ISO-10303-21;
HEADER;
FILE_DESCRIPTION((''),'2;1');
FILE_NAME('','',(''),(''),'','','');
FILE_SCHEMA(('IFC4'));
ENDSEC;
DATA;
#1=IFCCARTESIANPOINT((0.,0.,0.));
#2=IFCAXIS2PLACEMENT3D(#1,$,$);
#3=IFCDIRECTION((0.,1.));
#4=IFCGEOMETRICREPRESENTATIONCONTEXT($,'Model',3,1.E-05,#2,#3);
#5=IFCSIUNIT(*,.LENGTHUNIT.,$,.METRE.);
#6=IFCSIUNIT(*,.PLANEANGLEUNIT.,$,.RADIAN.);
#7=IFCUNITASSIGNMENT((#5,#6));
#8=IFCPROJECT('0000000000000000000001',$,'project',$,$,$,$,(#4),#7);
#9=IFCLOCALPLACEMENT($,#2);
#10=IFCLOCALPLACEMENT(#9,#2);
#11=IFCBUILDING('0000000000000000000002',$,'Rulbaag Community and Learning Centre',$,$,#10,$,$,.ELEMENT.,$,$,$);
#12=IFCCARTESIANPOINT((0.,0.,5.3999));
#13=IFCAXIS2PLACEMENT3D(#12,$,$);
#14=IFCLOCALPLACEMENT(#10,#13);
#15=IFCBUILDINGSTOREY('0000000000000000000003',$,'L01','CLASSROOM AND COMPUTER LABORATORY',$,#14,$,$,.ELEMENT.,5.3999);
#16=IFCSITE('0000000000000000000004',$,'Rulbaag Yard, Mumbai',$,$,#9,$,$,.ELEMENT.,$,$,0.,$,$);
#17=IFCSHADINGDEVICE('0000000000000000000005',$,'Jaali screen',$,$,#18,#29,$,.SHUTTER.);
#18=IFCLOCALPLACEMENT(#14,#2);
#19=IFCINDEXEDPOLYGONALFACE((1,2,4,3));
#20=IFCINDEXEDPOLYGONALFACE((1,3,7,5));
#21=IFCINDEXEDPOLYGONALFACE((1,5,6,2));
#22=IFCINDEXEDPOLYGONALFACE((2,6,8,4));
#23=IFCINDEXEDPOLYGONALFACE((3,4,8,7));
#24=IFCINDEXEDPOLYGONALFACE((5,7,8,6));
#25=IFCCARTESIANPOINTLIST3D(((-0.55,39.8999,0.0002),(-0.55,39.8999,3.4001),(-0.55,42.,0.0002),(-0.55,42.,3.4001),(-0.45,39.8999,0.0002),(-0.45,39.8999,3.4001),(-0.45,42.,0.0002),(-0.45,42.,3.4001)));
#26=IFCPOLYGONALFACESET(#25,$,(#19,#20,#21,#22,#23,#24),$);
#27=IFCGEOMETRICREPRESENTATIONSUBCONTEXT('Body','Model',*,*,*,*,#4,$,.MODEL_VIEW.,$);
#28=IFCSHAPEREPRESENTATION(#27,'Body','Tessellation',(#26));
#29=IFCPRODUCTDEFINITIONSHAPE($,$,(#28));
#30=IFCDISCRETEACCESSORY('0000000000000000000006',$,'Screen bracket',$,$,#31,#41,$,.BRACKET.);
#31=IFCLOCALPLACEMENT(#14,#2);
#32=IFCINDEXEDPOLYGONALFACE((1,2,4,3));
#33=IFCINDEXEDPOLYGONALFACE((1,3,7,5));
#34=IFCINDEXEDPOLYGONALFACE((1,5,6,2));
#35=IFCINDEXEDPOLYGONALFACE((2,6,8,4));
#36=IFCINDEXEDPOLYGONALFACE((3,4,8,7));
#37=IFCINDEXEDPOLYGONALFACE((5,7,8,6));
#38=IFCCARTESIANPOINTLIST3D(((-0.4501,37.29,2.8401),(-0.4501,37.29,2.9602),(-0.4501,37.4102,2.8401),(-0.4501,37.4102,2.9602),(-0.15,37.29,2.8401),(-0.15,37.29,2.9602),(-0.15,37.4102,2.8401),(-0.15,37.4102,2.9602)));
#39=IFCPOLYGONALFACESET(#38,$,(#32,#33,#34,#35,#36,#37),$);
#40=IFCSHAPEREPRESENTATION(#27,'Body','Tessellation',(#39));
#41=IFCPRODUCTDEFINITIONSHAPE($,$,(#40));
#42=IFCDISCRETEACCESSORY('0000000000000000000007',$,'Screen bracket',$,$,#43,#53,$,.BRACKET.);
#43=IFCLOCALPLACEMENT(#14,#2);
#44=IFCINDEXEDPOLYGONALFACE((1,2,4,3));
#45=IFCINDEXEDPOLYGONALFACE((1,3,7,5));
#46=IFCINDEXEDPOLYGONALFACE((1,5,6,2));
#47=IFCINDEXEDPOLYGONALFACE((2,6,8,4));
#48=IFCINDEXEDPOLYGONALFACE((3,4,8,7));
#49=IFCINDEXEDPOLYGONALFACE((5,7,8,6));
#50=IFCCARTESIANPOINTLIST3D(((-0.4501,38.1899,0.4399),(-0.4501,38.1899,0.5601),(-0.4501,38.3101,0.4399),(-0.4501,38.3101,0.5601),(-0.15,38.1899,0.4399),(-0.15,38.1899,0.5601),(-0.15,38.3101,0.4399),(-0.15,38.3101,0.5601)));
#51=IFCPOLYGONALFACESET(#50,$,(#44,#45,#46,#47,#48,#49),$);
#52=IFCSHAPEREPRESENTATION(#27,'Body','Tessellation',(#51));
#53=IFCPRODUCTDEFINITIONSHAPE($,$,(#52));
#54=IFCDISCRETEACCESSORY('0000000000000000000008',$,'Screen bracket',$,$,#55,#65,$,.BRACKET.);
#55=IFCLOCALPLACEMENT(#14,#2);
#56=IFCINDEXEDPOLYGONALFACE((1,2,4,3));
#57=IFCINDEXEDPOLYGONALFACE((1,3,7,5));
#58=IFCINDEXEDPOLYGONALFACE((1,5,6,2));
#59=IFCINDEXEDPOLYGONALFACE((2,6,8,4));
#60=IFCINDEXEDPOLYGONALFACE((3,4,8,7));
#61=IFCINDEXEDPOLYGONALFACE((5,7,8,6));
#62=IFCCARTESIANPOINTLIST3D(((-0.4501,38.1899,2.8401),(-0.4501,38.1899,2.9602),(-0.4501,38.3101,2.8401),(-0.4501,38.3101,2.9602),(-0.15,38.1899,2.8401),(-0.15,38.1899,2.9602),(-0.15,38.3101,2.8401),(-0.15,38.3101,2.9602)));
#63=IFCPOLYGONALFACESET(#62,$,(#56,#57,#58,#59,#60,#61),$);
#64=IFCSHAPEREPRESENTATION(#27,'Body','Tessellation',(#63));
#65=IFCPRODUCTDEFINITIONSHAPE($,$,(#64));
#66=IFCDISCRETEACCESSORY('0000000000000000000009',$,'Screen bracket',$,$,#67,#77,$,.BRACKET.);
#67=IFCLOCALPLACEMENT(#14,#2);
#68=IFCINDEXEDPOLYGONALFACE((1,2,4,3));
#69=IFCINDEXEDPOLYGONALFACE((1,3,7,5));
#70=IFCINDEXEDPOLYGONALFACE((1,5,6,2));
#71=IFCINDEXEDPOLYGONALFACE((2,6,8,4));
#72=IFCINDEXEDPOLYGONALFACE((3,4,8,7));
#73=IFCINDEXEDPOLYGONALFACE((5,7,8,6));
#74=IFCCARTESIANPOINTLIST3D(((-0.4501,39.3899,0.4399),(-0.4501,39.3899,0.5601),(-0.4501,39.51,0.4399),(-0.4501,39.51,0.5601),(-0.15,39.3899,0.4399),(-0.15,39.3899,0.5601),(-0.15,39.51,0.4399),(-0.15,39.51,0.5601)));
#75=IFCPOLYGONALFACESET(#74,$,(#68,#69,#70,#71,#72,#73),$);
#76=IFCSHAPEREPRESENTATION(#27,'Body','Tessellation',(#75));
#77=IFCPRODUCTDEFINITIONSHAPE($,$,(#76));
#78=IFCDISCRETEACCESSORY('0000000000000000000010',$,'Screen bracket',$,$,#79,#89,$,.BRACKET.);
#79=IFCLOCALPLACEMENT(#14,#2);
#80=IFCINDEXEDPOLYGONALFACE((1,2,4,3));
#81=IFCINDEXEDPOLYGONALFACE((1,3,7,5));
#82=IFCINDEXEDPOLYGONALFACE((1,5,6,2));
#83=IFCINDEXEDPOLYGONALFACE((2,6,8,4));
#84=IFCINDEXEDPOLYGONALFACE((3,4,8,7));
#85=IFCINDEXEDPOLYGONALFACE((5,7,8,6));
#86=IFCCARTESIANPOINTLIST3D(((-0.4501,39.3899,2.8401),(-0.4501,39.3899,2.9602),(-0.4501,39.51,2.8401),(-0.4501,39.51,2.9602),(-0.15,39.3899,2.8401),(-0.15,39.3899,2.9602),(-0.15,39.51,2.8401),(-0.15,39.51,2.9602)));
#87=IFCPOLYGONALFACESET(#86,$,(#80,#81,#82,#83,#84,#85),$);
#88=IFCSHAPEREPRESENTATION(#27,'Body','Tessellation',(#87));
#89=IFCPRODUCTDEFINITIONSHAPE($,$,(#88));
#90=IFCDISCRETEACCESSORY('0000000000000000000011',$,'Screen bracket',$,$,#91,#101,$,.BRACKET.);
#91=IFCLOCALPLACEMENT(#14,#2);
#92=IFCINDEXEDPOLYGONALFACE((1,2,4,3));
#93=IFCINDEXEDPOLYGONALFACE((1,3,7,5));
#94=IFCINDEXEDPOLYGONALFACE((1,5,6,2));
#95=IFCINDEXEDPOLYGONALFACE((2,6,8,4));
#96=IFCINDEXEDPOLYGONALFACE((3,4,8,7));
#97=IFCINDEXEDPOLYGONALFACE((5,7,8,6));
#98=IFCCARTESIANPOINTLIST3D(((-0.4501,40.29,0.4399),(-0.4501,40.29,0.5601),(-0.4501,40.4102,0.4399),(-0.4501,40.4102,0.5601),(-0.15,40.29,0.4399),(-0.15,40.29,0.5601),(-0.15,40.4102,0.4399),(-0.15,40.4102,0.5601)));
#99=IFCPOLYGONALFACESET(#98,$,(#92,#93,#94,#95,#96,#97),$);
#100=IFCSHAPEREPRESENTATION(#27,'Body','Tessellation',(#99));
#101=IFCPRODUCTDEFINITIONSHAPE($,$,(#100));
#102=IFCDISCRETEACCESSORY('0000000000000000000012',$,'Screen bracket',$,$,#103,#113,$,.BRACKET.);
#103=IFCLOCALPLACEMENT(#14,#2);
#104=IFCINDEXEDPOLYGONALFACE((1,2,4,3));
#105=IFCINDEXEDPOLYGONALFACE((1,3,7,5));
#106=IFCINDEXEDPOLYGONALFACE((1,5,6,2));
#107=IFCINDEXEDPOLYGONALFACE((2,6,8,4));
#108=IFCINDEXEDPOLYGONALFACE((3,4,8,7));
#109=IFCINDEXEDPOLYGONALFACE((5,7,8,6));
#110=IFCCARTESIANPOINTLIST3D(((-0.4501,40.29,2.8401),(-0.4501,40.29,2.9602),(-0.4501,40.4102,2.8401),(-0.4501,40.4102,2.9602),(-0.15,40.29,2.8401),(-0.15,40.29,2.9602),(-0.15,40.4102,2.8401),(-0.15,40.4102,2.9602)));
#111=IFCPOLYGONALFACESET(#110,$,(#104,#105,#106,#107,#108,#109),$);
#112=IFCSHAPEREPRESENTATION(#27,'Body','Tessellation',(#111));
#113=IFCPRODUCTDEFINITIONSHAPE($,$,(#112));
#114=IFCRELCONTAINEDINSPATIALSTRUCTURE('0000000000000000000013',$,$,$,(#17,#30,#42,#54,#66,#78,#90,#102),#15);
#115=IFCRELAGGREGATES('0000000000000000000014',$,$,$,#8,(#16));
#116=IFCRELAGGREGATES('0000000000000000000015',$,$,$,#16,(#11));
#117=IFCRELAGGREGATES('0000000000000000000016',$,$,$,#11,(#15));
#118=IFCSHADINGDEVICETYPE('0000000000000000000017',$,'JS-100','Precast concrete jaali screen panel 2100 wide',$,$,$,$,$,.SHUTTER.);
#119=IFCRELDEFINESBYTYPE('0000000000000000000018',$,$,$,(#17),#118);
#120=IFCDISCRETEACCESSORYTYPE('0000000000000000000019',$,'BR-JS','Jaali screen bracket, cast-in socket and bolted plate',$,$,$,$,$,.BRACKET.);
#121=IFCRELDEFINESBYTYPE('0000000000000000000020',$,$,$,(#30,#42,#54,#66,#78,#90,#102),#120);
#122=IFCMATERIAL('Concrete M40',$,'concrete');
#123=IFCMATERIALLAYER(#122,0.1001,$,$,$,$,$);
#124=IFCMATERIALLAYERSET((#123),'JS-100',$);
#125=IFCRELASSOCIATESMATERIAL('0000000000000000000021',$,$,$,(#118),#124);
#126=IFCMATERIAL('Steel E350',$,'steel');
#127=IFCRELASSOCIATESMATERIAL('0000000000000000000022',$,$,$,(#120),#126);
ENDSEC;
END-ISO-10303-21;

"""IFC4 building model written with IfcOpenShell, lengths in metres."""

from ifc_helpers import new_model, si_unit, direction, frame, origin, origin_2d, place, context, subcontext, project, spatial, rectangle, extrude, material, layer, layer_set, type_object, element, save


model = new_model("IFC4")

# Units and contexts
model_context = context("Model", 3, precision=1e-05, world=origin(), true_north=direction((0.0, 1.0)))
body_context = subcontext(model_context, "Body", "Model", "MODEL_VIEW")
ifc_project = project(units=[si_unit("LENGTHUNIT", "METRE"), si_unit("PLANEANGLEUNIT", "RADIAN")], contexts=[model_context])

# Site, building, storey
site_placement = place(None, origin())
site = spatial("IfcSite", under=ifc_project, at=site_placement, Name="Rulbaag Yard, Mumbai", CompositionType="ELEMENT", RefElevation=0.0)
building_placement = place(site_placement, origin())
building = spatial("IfcBuilding", under=site, at=building_placement, Name="Rulbaag Community and Learning Centre", CompositionType="ELEMENT")
storey_placement = place(building_placement, frame((0.0, 0.0, 5.3999)))
storey = spatial("IfcBuildingStorey", under=building, at=storey_placement, Name="L01", Description="CLASSROOM AND COMPUTER LABORATORY", CompositionType="ELEMENT", Elevation=5.3999)

# Shared definitions
ifc_material_1 = material(Name="Concrete M40", Category="concrete")

# Shading device
ifc_layer_1 = layer(ifc_material_1, 0.1001)
ifc_layer_set_1 = layer_set([ifc_layer_1], Name="JS-100")
shading_device_type = type_object("IfcShadingDeviceType", Name="JS-100", Description="Precast concrete jaali screen panel 2100 wide", PredefinedType="SHUTTER", material=ifc_layer_set_1)
for number, where, z_axis, x_axis, name in (
    (1, (-0.5, 40.95, 0.0002), (0.0, 0.0, 1.0), (1.0, 0.0, 0.0), "Jaali screen"),
):
    element("IfcShadingDevice", number, at=place(storey_placement, frame(where, z_axis=z_axis, x_axis=x_axis)), inside=storey, type_object=shading_device_type, Name=name, PredefinedType="SHUTTER", context=body_context, shape_type="SweptSolid", body=[
        extrude(rectangle(XDim=0.1001, YDim=2.1001, at=origin_2d()), origin(), (0.0, 0.0, 1.0), 3.3999),
    ])

# Discrete accessories
ifc_material_2 = material(Name="Steel E350", Category="steel")
discrete_accessory_type = type_object("IfcDiscreteAccessoryType", Name="BR-JS", Description="Jaali screen bracket, cast-in socket and bolted plate", PredefinedType="BRACKET", material=ifc_material_2)
for number, where, z_axis, x_axis, name in (
    (2, (-0.3, 37.3501, 2.8401), (0.0, 0.0, 1.0), (1.0, 0.0, 0.0), "Screen bracket"),
    (3, (-0.3, 38.25, 0.4399), (0.0, 0.0, 1.0), (1.0, 0.0, 0.0), "Screen bracket"),
    (4, (-0.3, 38.25, 2.8401), (0.0, 0.0, 1.0), (1.0, 0.0, 0.0), "Screen bracket"),
    (5, (-0.3, 39.45, 0.4399), (0.0, 0.0, 1.0), (1.0, 0.0, 0.0), "Screen bracket"),
    (6, (-0.3, 39.45, 2.8401), (0.0, 0.0, 1.0), (1.0, 0.0, 0.0), "Screen bracket"),
    (7, (-0.3, 40.3501, 0.4399), (0.0, 0.0, 1.0), (1.0, 0.0, 0.0), "Screen bracket"),
    (8, (-0.3, 40.3501, 2.8401), (0.0, 0.0, 1.0), (1.0, 0.0, 0.0), "Screen bracket"),
):
    element("IfcDiscreteAccessory", number, at=place(storey_placement, frame(where, z_axis=z_axis, x_axis=x_axis)), inside=storey, type_object=discrete_accessory_type, Name=name, PredefinedType="BRACKET", context=body_context, shape_type="SweptSolid", body=[
        extrude(rectangle(XDim=0.3, YDim=0.1201, at=origin_2d()), origin(), (0.0, 0.0, 1.0), 0.1201),
    ])

save(model, "model.ifc")
